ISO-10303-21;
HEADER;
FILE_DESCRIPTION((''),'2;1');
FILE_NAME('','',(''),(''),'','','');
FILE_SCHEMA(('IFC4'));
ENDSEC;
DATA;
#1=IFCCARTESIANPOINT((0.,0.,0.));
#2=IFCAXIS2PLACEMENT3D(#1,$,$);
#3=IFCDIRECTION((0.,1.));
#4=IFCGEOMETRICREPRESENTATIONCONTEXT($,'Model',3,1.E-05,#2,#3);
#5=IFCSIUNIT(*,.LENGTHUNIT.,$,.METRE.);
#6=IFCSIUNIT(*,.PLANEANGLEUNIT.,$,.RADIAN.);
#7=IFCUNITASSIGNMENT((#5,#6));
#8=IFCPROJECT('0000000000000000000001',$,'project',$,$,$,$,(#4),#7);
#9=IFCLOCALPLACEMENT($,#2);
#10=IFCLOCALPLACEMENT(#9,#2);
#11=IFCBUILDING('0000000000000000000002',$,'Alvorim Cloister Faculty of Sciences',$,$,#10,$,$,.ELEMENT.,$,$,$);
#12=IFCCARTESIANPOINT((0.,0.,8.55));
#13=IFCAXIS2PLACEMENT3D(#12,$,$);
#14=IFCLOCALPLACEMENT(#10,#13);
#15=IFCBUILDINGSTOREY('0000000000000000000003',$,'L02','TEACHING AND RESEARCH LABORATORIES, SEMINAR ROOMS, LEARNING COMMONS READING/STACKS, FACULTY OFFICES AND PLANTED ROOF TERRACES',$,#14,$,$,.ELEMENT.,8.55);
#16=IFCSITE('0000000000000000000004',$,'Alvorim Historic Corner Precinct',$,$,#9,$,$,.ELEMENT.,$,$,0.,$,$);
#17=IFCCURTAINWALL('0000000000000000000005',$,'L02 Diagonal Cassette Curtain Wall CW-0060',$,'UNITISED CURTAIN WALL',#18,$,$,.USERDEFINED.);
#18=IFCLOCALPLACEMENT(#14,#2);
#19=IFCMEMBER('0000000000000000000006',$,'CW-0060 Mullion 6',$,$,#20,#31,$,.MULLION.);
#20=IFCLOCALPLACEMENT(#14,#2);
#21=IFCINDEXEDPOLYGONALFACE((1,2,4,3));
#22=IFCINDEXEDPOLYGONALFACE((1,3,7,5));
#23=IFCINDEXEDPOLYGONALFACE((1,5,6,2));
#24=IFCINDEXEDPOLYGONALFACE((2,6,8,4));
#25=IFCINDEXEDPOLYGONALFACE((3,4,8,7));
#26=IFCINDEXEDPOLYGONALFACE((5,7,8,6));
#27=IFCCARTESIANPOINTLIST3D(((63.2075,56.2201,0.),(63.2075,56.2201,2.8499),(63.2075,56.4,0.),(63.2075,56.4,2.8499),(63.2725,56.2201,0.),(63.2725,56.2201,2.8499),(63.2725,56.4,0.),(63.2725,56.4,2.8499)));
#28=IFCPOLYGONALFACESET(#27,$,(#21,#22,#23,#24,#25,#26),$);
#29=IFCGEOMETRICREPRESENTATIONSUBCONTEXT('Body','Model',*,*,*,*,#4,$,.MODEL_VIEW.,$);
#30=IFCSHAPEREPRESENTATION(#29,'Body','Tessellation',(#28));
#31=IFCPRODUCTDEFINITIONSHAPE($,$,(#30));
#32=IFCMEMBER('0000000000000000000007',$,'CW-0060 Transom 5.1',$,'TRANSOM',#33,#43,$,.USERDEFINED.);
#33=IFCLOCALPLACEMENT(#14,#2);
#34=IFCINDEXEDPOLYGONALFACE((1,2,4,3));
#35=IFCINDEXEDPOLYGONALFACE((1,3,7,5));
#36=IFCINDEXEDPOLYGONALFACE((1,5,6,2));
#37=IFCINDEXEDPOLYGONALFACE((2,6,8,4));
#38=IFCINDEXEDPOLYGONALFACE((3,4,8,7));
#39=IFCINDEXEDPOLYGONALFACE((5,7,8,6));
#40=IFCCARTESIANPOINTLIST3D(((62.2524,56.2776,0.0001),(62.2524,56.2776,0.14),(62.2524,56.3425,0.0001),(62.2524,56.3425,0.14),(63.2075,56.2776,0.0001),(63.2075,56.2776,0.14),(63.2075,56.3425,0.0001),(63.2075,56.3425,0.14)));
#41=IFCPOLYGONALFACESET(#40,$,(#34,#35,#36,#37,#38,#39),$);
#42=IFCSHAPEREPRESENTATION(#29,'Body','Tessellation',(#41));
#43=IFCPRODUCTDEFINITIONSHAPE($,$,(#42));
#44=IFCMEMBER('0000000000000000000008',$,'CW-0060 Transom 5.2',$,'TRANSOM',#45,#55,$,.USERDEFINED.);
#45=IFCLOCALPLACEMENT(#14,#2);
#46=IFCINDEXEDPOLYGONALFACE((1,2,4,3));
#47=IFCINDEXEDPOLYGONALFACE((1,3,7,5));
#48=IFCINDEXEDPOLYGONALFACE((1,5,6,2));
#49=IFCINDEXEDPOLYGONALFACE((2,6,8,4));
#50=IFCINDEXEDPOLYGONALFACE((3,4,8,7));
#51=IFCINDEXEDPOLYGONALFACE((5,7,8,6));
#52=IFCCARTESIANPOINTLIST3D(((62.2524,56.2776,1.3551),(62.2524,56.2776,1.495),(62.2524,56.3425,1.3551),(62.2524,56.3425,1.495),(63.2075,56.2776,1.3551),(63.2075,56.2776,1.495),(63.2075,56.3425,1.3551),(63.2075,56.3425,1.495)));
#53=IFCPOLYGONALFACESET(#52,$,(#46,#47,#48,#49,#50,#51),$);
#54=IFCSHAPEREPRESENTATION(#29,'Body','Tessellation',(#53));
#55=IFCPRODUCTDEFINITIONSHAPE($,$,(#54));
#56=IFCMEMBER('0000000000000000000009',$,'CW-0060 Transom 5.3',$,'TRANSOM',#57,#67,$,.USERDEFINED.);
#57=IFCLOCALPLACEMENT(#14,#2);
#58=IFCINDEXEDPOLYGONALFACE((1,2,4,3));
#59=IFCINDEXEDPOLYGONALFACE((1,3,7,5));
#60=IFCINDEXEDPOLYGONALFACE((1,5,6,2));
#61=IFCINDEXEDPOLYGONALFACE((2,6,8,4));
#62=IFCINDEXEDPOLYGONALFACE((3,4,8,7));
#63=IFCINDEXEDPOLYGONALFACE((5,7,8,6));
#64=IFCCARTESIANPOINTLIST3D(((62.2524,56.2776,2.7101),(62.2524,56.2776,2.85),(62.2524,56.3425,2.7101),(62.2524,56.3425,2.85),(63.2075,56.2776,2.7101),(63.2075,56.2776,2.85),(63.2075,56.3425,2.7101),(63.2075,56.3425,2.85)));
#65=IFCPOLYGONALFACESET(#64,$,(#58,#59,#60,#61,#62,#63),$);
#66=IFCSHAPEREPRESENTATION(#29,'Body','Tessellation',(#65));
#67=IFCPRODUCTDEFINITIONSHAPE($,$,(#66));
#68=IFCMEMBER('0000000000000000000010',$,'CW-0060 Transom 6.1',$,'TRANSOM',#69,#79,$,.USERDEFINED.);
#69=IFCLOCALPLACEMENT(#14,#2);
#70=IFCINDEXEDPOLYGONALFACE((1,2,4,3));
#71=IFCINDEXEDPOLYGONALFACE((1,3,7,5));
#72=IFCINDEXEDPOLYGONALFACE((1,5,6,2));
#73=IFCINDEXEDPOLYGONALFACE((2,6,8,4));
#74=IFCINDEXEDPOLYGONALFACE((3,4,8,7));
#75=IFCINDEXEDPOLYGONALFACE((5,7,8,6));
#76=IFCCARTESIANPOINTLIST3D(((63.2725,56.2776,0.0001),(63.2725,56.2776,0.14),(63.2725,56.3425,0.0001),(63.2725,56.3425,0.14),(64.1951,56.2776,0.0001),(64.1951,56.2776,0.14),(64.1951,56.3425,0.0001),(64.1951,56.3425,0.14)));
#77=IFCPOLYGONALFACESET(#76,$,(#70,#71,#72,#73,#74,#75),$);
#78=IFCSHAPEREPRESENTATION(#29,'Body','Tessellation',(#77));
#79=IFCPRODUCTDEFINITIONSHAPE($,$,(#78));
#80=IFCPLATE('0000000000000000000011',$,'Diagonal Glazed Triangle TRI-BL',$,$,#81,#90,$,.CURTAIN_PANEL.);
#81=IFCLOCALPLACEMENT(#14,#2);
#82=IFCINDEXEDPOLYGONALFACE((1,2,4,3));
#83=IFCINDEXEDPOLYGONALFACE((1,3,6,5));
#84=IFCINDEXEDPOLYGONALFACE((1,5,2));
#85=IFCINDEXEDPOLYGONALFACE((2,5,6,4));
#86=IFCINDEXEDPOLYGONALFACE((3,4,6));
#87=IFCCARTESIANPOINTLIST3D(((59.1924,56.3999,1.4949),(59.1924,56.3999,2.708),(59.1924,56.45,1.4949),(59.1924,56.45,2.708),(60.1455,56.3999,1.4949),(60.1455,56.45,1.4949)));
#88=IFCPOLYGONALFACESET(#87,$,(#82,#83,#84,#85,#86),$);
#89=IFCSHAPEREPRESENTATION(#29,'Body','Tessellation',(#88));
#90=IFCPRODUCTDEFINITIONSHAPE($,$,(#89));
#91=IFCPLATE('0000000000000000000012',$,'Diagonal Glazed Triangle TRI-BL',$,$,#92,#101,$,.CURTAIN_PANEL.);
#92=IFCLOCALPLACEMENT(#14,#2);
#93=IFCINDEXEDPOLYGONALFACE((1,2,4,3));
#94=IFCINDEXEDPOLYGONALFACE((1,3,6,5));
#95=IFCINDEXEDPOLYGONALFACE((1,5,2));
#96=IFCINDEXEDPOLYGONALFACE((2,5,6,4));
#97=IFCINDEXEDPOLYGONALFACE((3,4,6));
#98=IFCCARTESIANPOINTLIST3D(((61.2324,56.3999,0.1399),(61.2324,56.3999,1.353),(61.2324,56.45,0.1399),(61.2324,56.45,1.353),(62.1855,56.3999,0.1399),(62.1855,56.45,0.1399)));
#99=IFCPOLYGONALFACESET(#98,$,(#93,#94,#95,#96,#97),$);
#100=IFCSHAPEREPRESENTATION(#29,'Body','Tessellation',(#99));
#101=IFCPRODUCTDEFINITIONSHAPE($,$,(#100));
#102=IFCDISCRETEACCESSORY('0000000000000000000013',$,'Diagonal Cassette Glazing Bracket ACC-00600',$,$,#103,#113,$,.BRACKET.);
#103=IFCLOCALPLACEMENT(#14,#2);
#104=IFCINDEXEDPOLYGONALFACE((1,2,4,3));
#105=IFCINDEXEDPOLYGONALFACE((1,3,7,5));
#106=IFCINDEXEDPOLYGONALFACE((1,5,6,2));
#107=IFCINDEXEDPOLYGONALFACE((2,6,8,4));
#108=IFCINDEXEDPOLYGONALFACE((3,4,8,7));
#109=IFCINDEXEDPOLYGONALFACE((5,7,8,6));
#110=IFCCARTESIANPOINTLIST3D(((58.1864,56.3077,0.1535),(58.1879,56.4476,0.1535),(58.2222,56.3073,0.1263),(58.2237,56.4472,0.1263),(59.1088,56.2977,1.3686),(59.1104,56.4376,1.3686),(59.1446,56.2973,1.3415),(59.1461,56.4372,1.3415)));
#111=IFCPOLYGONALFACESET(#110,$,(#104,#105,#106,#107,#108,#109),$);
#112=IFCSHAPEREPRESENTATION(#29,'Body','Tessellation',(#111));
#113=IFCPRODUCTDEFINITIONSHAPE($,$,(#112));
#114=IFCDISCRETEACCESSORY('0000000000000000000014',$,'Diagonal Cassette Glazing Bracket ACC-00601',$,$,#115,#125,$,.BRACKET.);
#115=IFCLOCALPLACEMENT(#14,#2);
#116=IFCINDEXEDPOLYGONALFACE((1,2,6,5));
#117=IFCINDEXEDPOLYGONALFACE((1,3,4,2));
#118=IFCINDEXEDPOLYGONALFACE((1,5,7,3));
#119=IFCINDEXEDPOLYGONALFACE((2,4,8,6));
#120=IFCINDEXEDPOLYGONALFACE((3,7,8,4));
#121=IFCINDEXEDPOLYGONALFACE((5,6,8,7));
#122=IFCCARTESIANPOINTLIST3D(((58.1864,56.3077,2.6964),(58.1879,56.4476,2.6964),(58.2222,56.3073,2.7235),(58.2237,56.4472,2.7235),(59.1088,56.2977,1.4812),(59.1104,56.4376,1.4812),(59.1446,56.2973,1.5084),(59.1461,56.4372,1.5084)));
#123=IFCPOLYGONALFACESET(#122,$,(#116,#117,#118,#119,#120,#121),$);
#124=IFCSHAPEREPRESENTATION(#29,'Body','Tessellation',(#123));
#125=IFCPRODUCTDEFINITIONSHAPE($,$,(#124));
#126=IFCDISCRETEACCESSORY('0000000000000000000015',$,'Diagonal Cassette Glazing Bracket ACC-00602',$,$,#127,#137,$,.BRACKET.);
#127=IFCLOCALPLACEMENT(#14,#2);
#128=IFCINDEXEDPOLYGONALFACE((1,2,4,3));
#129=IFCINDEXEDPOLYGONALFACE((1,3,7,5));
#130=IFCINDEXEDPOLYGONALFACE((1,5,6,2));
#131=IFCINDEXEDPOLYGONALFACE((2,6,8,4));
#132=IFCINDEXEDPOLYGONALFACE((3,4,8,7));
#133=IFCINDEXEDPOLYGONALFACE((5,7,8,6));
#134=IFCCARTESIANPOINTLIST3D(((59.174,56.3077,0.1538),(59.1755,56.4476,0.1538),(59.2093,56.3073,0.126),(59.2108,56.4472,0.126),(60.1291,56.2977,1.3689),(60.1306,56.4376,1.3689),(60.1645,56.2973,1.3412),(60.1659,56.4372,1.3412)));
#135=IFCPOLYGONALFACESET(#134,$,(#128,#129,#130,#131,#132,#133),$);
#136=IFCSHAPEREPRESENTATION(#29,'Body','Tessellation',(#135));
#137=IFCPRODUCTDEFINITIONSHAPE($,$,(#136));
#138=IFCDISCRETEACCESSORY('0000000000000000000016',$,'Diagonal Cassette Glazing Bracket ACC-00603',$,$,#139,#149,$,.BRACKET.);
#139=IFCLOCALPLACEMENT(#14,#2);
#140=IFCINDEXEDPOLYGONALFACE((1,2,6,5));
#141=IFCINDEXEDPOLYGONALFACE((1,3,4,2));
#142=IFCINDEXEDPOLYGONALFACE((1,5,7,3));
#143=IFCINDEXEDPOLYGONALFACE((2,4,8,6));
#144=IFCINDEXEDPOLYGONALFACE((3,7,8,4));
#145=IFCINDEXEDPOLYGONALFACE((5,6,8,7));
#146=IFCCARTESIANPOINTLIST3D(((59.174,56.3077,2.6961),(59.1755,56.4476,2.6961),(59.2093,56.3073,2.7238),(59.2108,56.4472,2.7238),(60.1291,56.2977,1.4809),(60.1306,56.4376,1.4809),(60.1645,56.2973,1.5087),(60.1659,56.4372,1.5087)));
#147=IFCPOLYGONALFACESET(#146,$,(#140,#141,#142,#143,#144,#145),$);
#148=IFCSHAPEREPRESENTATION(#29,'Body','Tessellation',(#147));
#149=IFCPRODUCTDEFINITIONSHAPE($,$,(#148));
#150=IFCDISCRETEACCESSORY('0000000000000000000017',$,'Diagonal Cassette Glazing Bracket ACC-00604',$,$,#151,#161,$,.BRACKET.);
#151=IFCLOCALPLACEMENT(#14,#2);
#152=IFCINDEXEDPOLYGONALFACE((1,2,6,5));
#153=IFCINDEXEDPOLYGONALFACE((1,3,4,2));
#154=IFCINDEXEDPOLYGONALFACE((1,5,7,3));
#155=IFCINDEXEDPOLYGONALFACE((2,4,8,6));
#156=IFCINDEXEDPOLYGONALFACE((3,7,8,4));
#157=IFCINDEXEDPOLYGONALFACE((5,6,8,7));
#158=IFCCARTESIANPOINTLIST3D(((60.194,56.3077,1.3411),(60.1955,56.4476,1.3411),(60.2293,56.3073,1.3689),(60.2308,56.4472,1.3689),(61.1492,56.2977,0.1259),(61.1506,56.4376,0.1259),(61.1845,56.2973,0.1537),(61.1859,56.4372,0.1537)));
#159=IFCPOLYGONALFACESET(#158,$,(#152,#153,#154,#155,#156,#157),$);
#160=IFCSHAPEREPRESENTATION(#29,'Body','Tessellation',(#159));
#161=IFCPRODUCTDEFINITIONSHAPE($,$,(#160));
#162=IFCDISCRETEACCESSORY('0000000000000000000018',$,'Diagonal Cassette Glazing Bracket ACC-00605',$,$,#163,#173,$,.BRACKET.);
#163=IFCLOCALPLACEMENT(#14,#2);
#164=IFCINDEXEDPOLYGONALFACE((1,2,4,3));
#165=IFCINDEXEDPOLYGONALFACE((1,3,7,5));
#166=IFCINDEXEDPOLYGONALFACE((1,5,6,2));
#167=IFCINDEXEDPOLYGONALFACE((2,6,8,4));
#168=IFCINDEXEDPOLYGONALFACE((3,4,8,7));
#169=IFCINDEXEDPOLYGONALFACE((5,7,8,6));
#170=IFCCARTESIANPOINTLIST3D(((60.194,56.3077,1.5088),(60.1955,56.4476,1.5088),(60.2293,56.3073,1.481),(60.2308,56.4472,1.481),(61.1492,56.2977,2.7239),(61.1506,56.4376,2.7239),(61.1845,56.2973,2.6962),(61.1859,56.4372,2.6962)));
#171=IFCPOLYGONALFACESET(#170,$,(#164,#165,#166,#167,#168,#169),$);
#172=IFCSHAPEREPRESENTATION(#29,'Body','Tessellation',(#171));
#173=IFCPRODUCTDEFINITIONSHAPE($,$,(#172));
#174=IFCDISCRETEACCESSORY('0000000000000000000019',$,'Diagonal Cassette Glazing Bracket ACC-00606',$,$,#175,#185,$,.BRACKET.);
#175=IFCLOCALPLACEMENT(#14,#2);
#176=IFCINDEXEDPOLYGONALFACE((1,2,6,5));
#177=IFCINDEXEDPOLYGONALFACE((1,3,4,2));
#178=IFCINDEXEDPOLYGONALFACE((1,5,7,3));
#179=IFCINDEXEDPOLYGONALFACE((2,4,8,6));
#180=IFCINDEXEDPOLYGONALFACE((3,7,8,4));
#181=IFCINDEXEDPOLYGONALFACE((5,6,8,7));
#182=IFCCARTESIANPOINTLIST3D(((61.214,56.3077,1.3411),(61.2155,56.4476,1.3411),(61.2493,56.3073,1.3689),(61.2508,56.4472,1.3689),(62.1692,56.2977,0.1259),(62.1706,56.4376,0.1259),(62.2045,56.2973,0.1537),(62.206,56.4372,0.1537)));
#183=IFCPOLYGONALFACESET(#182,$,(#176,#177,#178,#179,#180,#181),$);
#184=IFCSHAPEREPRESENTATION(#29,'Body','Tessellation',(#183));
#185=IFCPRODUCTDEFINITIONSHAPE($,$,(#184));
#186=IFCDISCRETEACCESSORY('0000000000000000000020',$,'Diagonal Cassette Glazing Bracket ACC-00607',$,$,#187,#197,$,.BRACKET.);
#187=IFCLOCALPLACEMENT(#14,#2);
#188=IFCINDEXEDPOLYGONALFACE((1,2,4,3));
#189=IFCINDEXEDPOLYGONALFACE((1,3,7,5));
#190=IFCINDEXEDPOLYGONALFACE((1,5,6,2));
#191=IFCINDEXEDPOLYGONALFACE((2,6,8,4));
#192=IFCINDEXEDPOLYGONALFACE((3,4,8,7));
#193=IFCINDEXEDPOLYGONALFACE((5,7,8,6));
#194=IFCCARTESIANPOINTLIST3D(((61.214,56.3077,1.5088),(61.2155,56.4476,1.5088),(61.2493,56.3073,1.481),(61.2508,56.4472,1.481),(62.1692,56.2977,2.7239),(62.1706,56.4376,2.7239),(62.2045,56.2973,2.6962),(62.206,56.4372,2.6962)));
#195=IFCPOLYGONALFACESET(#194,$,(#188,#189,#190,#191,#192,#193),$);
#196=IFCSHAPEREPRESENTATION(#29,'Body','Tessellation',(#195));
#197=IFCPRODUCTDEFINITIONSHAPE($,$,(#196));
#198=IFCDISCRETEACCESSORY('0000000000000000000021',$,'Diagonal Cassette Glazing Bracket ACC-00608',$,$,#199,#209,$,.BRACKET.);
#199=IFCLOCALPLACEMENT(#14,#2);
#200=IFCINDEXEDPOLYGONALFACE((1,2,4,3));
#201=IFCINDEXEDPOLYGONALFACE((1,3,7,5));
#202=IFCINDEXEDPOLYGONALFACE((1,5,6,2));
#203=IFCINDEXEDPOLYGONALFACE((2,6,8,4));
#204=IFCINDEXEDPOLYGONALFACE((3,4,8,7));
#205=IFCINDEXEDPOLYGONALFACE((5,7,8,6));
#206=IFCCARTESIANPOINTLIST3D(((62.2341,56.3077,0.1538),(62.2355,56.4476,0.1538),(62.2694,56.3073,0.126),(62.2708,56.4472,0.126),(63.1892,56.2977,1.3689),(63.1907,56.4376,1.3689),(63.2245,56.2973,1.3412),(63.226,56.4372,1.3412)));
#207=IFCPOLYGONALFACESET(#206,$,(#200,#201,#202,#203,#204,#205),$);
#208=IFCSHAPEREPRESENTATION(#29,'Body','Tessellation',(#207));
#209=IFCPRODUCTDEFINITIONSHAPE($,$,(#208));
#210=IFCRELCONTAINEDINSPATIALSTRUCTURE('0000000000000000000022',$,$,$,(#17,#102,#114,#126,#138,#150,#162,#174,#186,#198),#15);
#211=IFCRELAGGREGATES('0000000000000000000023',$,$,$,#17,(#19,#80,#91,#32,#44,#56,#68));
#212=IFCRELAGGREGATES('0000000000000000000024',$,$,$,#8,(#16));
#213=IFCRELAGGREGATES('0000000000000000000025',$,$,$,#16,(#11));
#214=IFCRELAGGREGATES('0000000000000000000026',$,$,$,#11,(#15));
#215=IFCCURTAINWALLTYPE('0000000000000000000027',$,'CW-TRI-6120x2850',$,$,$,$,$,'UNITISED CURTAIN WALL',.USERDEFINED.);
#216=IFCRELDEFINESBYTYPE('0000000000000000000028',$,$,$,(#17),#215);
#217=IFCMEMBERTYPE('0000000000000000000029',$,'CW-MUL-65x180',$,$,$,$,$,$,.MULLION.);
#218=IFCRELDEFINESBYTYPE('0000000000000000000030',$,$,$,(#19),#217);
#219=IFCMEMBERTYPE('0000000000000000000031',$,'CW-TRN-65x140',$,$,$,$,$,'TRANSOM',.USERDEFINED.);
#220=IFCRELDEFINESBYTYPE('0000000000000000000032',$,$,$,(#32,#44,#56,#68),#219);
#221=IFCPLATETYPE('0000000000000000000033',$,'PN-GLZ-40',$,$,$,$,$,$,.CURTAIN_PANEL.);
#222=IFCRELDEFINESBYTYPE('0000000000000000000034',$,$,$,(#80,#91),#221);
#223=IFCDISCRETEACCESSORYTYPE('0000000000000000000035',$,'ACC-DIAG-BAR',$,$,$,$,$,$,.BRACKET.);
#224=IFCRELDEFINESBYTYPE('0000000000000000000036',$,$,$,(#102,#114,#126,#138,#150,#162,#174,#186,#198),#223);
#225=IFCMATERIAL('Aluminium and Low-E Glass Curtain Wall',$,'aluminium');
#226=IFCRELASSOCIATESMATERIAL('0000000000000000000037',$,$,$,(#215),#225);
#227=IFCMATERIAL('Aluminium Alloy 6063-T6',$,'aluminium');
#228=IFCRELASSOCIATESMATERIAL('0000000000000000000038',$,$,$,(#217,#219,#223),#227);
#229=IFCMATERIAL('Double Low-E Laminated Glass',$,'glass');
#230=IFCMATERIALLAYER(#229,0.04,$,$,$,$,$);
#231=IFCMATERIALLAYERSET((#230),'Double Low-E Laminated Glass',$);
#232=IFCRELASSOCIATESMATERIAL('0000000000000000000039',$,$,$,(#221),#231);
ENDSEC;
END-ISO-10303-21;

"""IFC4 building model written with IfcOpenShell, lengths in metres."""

from ifc_helpers import new_model, si_unit, direction, frame, origin, origin_2d, place, context, subcontext, project, spatial, polyline, rectangle, outline, extrude, material, layer, layer_set, material_profile, profile_set, type_object, element, aggregate, save


model = new_model("IFC4")

# Units and contexts
model_context = context("Model", 3, precision=1e-05, world=origin(), true_north=direction((0.0, 1.0)))
body_context = subcontext(model_context, "Body", "Model", "MODEL_VIEW")
ifc_project = project(units=[si_unit("LENGTHUNIT", "METRE"), si_unit("PLANEANGLEUNIT", "RADIAN")], contexts=[model_context])

# Site, building, storey
site_placement = place(None, origin())
site = spatial("IfcSite", under=ifc_project, at=site_placement, Name="Alvorim Historic Corner Precinct", CompositionType="ELEMENT", RefElevation=0.0)
building_placement = place(site_placement, origin())
building = spatial("IfcBuilding", under=site, at=building_placement, Name="Alvorim Cloister Faculty of Sciences", CompositionType="ELEMENT")
storey_placement = place(building_placement, frame((0.0, 0.0, 8.55)))
storey = spatial("IfcBuildingStorey", under=building, at=storey_placement, Name="L02", Description="TEACHING AND RESEARCH LABORATORIES, SEMINAR ROOMS, LEARNING COMMONS READING/STACKS, FACULTY OFFICES AND PLANTED ROOF TERRACES", CompositionType="ELEMENT", Elevation=8.55)

# Curtain wall, members, plates
ifc_material_1 = material(Name="Aluminium and Low-E Glass Curtain Wall", Category="aluminium")
curtain_wall_type = type_object("IfcCurtainWallType", Name="CW-TRI-6120x2850", ElementType="UNITISED CURTAIN WALL", PredefinedType="USERDEFINED", material=ifc_material_1)
curtain_wall_placement = place(storey_placement, origin())
curtain_wall = element("IfcCurtainWall", 1, at=curtain_wall_placement, inside=storey, type_object=curtain_wall_type, Name="L02 Diagonal Cassette Curtain Wall CW-0060", ObjectType="UNITISED CURTAIN WALL", PredefinedType="USERDEFINED")
ifc_material_2 = material(Name="Aluminium Alloy 6063-T6", Category="aluminium")
ifc_material_profile_1 = material_profile(ifc_material_2, rectangle(XDim=0.0649, YDim=0.1799, at=origin_2d()), Name="ALU-MUL-65x180")
ifc_profile_set_1 = profile_set([ifc_material_profile_1], Name="Aluminium Alloy 6063-T6")
member_type_1 = type_object("IfcMemberType", Name="CW-MUL-65x180", PredefinedType="MULLION", material=ifc_profile_set_1)
member_1_placement = place(storey_placement, frame((63.24, 56.3101, 0.0), z_axis=(0.0, 0.0, 1.0), x_axis=(1.0, 0.0, 0.0)))
member_1 = element("IfcMember", 2, at=member_1_placement, type_object=member_type_1, Name="CW-0060 Mullion 6", PredefinedType="MULLION", context=body_context, shape_type="SweptSolid", body=[
    extrude(rectangle(XDim=0.0649, YDim=0.1799, at=origin_2d()), origin(), (0.0, 0.0, 1.0), 2.8499),
])
ifc_material_profile_2 = material_profile(ifc_material_2, rectangle(XDim=0.0649, YDim=0.1399, at=origin_2d()), Name="ALU-TRN-65x140")
ifc_profile_set_2 = profile_set([ifc_material_profile_2], Name="Aluminium Alloy 6063-T6")
member_type_2 = type_object("IfcMemberType", Name="CW-TRN-65x140", ElementType="TRANSOM", PredefinedType="USERDEFINED", material=ifc_profile_set_2)
member_2_placement = place(storey_placement, frame((62.2524, 56.3101, 0.0701), z_axis=(1.0, 0.0, 0.0), x_axis=(0.0, 1.0, 0.0)))
member_2 = element("IfcMember", 3, at=member_2_placement, type_object=member_type_2, Name="CW-0060 Transom 5.1", ObjectType="TRANSOM", PredefinedType="USERDEFINED", context=body_context, shape_type="SweptSolid", body=[
    extrude(rectangle(XDim=0.0649, YDim=0.1399, at=origin_2d()), origin(), (0.0, 0.0, 1.0), 0.9551),
])
member_3_placement = place(storey_placement, frame((62.2524, 56.3101, 1.425), z_axis=(1.0, 0.0, 0.0), x_axis=(0.0, 1.0, 0.0)))
member_3 = element("IfcMember", 4, at=member_3_placement, type_object=member_type_2, Name="CW-0060 Transom 5.2", ObjectType="TRANSOM", PredefinedType="USERDEFINED", context=body_context, shape_type="SweptSolid", body=[
    extrude(rectangle(XDim=0.0649, YDim=0.1399, at=origin_2d()), origin(), (0.0, 0.0, 1.0), 0.9551),
])
member_4_placement = place(storey_placement, frame((62.2524, 56.3101, 2.78), z_axis=(1.0, 0.0, 0.0), x_axis=(0.0, 1.0, 0.0)))
member_4 = element("IfcMember", 5, at=member_4_placement, type_object=member_type_2, Name="CW-0060 Transom 5.3", ObjectType="TRANSOM", PredefinedType="USERDEFINED", context=body_context, shape_type="SweptSolid", body=[
    extrude(rectangle(XDim=0.0649, YDim=0.1399, at=origin_2d()), origin(), (0.0, 0.0, 1.0), 0.9551),
])
member_5_placement = place(storey_placement, frame((63.2725, 56.3101, 0.0701), z_axis=(1.0, 0.0, 0.0), x_axis=(0.0, 1.0, 0.0)))
member_5 = element("IfcMember", 6, at=member_5_placement, type_object=member_type_2, Name="CW-0060 Transom 6.1", ObjectType="TRANSOM", PredefinedType="USERDEFINED", context=body_context, shape_type="SweptSolid", body=[
    extrude(rectangle(XDim=0.0649, YDim=0.1399, at=origin_2d()), origin(), (0.0, 0.0, 1.0), 0.9226),
])
ifc_material_3 = material(Name="Double Low-E Laminated Glass", Category="glass")
ifc_layer = layer(ifc_material_3, 0.04)
ifc_layer_set = layer_set([ifc_layer], Name="Double Low-E Laminated Glass")
plate_type = type_object("IfcPlateType", Name="PN-GLZ-40", PredefinedType="CURTAIN_PANEL", material=ifc_layer_set)
plate_1_placement = place(storey_placement, frame((59.1924, 56.425, 1.4949), z_axis=(0.0, 0.0, 1.0), x_axis=(1.0, 0.0, 0.0)))
plate_1 = element("IfcPlate", 7, at=plate_1_placement, type_object=plate_type, Name="Diagonal Glazed Triangle TRI-BL", PredefinedType="CURTAIN_PANEL", context=body_context, shape_type="SweptSolid", body=[
    extrude(outline(polyline([(0.0, 0.0), (0.9531, 0.0), (0.0, 1.2131), (0.0, 0.0)])), frame((0.0, 0.0249, 0.0), z_axis=(0.0, -1.0, 0.0), x_axis=(1.0, 0.0, 0.0)), (0.0, 0.0, 1.0), 0.05),
])
plate_2_placement = place(storey_placement, frame((61.2324, 56.425, 0.1399), z_axis=(0.0, 0.0, 1.0), x_axis=(1.0, 0.0, 0.0)))
plate_2 = element("IfcPlate", 8, at=plate_2_placement, type_object=plate_type, Name="Diagonal Glazed Triangle TRI-BL", PredefinedType="CURTAIN_PANEL", context=body_context, shape_type="SweptSolid", body=[
    extrude(outline(polyline([(0.0, 0.0), (0.9531, 0.0), (0.0, 1.2131), (0.0, 0.0)])), frame((0.0, 0.0249, 0.0), z_axis=(0.0, -1.0, 0.0), x_axis=(1.0, 0.0, 0.0)), (0.0, 0.0, 1.0), 0.05),
])
aggregate(curtain_wall, [member_1, plate_1, plate_2, member_2, member_3, member_4, member_5])

# Discrete accessories
discrete_accessory_type = type_object("IfcDiscreteAccessoryType", Name="ACC-DIAG-BAR", PredefinedType="BRACKET", material=ifc_material_2)
for number, where, z_axis, x_axis, name in (
    (9, (58.2051, 56.3774, 0.1399), (0.604612, -0.006561, 0.796493), (0.010852, 0.999941, 0.0), "Diagonal Cassette Glazing Bracket ACC-00600"),
    (10, (58.2051, 56.3774, 2.71), (0.604612, -0.006561, -0.796493), (0.010852, 0.999941, 0.0), "Diagonal Cassette Glazing Bracket ACC-00601"),
):
    element("IfcDiscreteAccessory", number, at=place(storey_placement, frame(where, z_axis=z_axis, x_axis=x_axis)), inside=storey, type_object=discrete_accessory_type, Name=name, PredefinedType="BRACKET", context=body_context, shape_type="SweptSolid", body=[
        extrude(rectangle(XDim=0.1399, YDim=0.0449, at=origin_2d()), origin(), (0.0, 0.0, 1.0), 1.5256),
    ])
for number, where, z_axis, x_axis, name in (
    (11, (59.1924, 56.3774, 0.1399), (0.617955, -0.006477, 0.786187), (0.01048, 0.999945, 0.0), "Diagonal Cassette Glazing Bracket ACC-00602"),
    (12, (59.1924, 56.3774, 2.71), (0.617955, -0.006477, -0.786187), (0.01048, 0.999945, 0.0), "Diagonal Cassette Glazing Bracket ACC-00603"),
    (13, (60.2124, 56.3774, 1.355), (0.617955, -0.006477, -0.786187), (0.01048, 0.999945, 0.0), "Diagonal Cassette Glazing Bracket ACC-00604"),
    (14, (60.2124, 56.3774, 1.4949), (0.617955, -0.006477, 0.786187), (0.01048, 0.999945, 0.0), "Diagonal Cassette Glazing Bracket ACC-00605"),
    (15, (61.2324, 56.3774, 1.355), (0.617955, -0.006477, -0.786187), (0.01048, 0.999945, 0.0), "Diagonal Cassette Glazing Bracket ACC-00606"),
    (16, (61.2324, 56.3774, 1.4949), (0.617955, -0.006477, 0.786187), (0.01048, 0.999945, 0.0), "Diagonal Cassette Glazing Bracket ACC-00607"),
    (17, (62.2524, 56.3774, 0.1399), (0.617955, -0.006477, 0.786187), (0.01048, 0.999945, 0.0), "Diagonal Cassette Glazing Bracket ACC-00608"),
):
    element("IfcDiscreteAccessory", number, at=place(storey_placement, frame(where, z_axis=z_axis, x_axis=x_axis)), inside=storey, type_object=discrete_accessory_type, Name=name, PredefinedType="BRACKET", context=body_context, shape_type="SweptSolid", body=[
        extrude(rectangle(XDim=0.1399, YDim=0.0449, at=origin_2d()), origin(), (0.0, 0.0, 1.0), 1.5457),
    ])

save(model, "model.ifc")
